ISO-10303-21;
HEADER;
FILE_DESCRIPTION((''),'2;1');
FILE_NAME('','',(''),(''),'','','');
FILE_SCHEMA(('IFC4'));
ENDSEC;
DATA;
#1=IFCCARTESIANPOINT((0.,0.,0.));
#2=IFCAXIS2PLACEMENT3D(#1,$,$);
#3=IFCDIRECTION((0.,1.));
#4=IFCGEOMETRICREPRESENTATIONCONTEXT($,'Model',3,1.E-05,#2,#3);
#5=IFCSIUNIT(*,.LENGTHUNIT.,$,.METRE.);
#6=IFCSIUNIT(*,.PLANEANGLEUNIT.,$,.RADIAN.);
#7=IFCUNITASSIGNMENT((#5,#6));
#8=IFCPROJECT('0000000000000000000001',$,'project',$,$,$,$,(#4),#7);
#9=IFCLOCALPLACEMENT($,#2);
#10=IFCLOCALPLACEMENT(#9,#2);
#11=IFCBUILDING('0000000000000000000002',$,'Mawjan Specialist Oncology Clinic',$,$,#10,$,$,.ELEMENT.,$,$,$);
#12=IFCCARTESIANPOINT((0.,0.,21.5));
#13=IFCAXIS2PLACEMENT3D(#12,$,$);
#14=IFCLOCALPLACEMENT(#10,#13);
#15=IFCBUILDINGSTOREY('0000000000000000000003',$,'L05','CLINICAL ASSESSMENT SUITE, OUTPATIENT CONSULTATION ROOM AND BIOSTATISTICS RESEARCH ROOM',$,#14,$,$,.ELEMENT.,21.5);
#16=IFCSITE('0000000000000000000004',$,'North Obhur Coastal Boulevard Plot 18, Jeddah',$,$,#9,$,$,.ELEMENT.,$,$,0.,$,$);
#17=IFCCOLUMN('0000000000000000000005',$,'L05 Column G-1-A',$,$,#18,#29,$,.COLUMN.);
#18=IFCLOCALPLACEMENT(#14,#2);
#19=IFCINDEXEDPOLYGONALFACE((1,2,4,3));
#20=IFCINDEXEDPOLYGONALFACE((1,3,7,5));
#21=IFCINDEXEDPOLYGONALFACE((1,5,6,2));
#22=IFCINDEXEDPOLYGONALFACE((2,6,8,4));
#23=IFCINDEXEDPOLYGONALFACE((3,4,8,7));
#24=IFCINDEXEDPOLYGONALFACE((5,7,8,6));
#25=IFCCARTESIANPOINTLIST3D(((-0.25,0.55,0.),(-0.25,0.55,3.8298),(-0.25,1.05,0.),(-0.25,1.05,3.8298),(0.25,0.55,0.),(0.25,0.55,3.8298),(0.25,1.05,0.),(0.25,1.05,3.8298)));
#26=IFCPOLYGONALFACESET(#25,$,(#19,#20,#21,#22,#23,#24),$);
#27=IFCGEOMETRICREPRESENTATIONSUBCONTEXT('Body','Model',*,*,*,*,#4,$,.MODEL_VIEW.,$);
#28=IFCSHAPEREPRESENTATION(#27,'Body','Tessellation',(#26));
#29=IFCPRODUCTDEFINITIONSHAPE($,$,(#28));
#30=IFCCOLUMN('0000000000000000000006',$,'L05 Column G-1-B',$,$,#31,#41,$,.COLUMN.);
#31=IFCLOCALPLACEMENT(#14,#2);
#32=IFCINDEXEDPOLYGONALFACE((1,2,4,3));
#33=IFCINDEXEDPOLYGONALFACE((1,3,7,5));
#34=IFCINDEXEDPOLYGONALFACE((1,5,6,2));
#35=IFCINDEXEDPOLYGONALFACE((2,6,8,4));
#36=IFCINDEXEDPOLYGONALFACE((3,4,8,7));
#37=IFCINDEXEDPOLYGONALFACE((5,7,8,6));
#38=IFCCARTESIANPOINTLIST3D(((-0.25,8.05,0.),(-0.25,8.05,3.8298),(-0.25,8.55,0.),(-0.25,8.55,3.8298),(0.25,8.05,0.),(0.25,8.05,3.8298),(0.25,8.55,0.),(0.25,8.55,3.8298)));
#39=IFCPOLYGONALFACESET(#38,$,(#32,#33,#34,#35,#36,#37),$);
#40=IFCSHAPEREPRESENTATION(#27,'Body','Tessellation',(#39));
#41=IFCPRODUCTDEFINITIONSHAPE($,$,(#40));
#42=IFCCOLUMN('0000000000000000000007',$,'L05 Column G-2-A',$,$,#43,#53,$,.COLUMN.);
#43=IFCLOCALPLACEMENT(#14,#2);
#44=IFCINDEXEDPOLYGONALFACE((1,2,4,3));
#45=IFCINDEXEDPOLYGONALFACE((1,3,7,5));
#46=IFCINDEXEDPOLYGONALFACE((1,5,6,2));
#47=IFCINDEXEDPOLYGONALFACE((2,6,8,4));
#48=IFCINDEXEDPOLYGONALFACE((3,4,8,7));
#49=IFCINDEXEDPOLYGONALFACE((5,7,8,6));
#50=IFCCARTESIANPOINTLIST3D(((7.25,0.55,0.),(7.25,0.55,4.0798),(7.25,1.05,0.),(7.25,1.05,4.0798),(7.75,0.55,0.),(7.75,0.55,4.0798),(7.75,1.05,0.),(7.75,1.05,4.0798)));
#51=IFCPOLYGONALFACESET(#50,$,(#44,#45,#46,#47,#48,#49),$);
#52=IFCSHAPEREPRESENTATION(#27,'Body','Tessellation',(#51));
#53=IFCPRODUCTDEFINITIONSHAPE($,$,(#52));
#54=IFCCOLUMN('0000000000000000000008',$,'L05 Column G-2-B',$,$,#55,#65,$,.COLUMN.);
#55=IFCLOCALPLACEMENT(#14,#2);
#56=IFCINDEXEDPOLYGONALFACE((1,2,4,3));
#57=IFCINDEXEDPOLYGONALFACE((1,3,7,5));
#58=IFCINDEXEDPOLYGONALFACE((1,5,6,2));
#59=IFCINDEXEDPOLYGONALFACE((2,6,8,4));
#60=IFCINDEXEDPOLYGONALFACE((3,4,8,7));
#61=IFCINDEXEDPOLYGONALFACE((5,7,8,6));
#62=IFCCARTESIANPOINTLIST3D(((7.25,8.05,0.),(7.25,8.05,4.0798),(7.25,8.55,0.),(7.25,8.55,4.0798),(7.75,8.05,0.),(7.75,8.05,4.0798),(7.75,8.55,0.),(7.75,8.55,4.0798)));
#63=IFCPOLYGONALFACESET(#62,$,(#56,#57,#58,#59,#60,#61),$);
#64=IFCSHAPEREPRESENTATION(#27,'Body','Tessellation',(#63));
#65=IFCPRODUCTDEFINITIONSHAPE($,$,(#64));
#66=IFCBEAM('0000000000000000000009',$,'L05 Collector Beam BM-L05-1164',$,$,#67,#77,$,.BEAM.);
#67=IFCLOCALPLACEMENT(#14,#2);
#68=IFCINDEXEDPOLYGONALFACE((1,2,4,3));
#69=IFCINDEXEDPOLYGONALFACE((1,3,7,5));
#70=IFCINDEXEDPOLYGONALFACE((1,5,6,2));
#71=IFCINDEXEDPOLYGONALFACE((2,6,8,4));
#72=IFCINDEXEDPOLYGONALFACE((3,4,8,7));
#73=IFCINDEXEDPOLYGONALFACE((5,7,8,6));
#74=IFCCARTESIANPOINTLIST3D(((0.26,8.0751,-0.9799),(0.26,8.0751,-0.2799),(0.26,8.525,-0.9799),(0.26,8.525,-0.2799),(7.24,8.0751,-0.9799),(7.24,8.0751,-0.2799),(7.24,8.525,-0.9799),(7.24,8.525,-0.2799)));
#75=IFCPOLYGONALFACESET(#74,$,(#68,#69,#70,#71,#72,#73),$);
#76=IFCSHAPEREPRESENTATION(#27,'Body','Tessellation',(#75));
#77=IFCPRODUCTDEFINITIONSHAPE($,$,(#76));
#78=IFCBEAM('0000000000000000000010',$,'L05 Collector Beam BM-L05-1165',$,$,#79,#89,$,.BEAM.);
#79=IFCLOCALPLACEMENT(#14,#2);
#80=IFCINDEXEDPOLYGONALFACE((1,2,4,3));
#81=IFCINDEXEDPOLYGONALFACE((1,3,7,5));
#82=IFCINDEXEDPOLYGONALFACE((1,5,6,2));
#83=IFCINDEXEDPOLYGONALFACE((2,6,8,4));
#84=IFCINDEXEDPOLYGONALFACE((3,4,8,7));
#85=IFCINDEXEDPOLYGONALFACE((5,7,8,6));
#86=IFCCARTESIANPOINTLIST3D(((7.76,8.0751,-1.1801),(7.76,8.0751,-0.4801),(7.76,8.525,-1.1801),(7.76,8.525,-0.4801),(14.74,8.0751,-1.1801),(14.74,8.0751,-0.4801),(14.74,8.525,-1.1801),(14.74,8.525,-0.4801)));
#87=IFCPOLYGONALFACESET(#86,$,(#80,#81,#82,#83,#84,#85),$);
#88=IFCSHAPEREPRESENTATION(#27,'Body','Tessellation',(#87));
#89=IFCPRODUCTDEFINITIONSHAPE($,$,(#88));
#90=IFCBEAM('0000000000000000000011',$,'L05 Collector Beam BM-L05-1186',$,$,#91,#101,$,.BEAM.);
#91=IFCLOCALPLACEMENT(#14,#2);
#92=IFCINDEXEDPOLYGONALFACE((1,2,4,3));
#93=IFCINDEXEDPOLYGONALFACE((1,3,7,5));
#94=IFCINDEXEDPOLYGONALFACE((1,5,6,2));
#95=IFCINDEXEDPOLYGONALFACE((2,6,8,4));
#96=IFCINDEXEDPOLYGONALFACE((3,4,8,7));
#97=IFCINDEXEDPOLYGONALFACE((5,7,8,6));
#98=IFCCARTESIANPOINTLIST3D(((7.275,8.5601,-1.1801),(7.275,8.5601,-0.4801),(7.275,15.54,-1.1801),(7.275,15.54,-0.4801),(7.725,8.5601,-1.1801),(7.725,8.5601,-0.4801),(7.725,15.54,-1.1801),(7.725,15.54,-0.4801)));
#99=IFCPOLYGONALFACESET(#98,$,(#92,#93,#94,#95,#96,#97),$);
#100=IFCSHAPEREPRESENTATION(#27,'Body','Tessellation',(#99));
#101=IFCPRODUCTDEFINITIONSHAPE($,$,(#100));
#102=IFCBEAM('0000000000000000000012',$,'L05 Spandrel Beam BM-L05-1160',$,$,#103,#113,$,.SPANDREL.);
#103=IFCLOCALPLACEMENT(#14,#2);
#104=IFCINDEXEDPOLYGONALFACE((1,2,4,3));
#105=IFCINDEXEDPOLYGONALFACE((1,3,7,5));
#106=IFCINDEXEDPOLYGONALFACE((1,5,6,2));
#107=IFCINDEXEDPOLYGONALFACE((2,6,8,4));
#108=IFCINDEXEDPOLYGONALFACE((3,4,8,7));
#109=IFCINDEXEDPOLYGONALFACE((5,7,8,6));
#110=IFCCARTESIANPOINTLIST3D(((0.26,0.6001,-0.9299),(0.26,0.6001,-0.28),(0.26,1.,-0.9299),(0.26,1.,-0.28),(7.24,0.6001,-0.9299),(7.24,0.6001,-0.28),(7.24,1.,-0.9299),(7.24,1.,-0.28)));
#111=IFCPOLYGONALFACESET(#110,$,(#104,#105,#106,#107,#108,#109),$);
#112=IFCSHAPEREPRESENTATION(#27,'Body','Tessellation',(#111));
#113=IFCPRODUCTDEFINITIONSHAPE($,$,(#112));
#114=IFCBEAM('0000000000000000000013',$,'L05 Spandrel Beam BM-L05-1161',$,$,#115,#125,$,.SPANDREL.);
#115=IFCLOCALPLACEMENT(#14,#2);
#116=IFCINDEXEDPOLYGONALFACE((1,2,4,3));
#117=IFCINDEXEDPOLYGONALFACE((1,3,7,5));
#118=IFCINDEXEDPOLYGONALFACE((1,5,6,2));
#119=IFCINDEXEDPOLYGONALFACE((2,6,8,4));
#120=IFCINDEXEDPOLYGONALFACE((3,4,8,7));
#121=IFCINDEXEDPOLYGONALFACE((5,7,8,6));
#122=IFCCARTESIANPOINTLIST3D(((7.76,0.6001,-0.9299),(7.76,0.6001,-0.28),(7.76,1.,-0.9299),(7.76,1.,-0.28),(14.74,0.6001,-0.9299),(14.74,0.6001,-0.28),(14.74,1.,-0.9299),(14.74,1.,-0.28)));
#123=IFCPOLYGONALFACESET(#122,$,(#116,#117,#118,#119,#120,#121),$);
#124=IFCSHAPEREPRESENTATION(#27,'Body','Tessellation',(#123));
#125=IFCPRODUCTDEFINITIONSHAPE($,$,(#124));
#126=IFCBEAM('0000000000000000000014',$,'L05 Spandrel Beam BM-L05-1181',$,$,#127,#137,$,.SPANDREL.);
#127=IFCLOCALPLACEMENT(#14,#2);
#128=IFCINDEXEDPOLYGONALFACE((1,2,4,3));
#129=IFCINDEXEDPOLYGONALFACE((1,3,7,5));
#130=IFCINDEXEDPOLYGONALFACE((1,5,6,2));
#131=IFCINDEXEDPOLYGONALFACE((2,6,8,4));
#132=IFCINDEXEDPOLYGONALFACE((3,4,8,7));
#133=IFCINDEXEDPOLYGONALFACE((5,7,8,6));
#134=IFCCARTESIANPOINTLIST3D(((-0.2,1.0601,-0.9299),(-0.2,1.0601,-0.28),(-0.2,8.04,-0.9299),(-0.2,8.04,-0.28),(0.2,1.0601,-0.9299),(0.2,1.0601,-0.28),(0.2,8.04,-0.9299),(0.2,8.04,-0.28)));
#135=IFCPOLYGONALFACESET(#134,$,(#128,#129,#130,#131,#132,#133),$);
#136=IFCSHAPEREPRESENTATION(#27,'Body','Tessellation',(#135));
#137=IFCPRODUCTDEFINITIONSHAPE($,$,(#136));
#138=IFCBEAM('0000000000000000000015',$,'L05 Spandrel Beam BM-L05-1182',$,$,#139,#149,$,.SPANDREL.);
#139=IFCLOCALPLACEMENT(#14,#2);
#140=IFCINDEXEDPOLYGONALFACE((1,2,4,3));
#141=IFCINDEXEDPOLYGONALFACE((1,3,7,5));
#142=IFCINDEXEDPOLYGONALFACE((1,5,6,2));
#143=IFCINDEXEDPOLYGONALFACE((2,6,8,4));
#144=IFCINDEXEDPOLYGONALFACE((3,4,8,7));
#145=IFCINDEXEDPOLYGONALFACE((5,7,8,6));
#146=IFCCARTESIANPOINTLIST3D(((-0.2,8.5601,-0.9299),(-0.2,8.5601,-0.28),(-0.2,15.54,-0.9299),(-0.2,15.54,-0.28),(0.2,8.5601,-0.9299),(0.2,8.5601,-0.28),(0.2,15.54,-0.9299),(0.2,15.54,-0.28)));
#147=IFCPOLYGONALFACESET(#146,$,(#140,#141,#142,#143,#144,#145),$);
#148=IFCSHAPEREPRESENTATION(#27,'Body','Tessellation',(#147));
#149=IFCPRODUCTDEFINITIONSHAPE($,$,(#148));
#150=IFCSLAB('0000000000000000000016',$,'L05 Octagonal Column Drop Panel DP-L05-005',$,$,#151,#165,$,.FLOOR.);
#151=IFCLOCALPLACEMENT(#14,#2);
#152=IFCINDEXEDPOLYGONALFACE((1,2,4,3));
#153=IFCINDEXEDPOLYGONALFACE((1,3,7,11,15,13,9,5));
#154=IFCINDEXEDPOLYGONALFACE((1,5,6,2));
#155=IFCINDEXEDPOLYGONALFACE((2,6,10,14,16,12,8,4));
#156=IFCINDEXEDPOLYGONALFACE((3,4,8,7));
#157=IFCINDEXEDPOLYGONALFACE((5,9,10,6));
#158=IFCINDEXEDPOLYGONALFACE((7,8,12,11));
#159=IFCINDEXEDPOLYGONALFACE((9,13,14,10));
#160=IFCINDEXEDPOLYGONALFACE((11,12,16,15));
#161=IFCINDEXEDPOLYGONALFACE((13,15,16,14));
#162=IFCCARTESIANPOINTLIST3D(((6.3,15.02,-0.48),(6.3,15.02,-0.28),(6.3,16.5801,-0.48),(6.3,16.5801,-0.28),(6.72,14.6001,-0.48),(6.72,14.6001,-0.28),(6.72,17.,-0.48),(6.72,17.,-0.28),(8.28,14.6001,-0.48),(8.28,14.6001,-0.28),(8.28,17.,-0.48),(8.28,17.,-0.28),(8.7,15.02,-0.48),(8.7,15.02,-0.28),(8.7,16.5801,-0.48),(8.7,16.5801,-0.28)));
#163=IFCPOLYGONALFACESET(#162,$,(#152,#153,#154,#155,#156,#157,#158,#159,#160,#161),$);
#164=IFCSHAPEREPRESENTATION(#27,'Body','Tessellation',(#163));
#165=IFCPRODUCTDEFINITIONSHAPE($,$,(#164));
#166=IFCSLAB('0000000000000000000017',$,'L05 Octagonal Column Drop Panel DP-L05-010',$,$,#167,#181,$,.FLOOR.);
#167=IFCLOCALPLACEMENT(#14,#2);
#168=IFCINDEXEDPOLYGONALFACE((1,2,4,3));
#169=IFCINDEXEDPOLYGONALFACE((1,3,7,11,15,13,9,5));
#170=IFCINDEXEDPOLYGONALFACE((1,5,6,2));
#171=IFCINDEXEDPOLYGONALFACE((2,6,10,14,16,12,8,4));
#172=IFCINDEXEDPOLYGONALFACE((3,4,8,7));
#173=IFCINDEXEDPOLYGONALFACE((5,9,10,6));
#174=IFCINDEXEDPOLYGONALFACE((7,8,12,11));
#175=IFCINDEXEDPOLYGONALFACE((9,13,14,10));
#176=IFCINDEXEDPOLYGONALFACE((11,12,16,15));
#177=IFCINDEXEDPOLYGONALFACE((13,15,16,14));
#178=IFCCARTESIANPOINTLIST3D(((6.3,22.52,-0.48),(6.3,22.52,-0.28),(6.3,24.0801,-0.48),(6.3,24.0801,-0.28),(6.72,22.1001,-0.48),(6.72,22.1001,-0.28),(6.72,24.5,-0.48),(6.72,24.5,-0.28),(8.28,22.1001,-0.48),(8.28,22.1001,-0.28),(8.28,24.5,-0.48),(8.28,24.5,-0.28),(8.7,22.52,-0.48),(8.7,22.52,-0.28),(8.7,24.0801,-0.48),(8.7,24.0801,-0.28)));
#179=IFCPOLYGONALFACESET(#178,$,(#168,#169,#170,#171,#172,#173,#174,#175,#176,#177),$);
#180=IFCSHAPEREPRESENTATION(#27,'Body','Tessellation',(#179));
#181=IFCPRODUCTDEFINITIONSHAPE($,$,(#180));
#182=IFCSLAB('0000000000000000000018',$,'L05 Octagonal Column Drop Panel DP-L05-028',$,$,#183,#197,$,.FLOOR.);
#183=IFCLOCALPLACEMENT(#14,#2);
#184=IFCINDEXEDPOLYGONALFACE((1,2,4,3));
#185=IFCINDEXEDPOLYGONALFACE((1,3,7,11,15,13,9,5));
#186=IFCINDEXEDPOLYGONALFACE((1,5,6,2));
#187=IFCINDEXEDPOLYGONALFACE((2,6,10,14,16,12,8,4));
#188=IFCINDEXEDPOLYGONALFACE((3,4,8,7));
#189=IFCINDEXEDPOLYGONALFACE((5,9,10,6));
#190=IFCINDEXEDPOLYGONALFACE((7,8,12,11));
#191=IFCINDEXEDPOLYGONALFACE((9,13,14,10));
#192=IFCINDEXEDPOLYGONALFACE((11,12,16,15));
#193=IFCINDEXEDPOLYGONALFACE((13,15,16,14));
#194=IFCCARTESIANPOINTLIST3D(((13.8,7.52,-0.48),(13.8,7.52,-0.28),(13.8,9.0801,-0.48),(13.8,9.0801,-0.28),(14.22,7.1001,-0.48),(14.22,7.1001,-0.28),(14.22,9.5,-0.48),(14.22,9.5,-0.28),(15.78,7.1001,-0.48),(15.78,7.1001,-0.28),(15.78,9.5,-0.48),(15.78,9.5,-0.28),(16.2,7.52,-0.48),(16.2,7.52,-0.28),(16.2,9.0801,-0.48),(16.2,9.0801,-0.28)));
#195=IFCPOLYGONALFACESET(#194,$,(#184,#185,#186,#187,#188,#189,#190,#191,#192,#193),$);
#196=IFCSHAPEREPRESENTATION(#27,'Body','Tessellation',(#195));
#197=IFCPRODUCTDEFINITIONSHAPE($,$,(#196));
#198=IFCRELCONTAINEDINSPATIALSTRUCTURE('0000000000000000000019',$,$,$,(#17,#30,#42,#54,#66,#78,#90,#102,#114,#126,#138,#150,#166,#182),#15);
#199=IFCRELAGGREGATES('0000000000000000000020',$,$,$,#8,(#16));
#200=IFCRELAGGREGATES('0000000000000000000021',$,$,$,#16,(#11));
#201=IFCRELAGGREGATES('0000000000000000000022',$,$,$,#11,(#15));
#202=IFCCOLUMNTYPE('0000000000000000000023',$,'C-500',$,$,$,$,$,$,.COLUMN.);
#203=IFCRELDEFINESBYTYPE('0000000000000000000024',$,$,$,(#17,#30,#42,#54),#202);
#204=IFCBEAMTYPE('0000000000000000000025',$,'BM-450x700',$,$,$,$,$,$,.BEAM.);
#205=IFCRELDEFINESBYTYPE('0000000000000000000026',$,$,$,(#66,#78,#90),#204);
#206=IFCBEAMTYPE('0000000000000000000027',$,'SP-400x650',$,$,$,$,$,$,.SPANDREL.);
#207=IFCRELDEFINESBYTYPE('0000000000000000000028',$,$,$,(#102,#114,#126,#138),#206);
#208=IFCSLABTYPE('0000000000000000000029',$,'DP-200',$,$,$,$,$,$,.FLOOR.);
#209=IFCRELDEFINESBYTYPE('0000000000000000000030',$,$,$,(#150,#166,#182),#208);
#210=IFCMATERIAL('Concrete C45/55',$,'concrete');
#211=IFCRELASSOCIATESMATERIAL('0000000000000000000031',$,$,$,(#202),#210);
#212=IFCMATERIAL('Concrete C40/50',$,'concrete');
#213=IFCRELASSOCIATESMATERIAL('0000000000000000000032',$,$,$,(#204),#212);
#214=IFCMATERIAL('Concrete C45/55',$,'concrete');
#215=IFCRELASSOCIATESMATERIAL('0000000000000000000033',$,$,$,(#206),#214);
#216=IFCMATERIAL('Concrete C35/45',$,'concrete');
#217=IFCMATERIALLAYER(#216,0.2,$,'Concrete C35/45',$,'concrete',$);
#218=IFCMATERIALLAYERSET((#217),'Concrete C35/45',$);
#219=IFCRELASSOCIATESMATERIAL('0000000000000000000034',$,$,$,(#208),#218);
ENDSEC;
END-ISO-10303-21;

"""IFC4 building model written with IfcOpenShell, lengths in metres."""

from ifc_helpers import new_model, si_unit, direction, frame, origin, origin_2d, place, context, subcontext, project, spatial, polyline, rectangle, outline, extrude, material, layer, layer_set, material_profile, profile_set, type_object, element, save


model = new_model("IFC4")

# Units and contexts
model_context = context("Model", 3, precision=1e-05, world=origin(), true_north=direction((0.0, 1.0)))
body_context = subcontext(model_context, "Body", "Model", "MODEL_VIEW")
ifc_project = project(units=[si_unit("LENGTHUNIT", "METRE"), si_unit("PLANEANGLEUNIT", "RADIAN")], contexts=[model_context])

# Site, building, storey
site_placement = place(None, origin())
site = spatial("IfcSite", under=ifc_project, at=site_placement, Name="North Obhur Coastal Boulevard Plot 18, Jeddah", CompositionType="ELEMENT", RefElevation=0.0)
building_placement = place(site_placement, origin())
building = spatial("IfcBuilding", under=site, at=building_placement, Name="Mawjan Specialist Oncology Clinic", CompositionType="ELEMENT")
storey_placement = place(building_placement, frame((0.0, 0.0, 21.5)))
storey = spatial("IfcBuildingStorey", under=building, at=storey_placement, Name="L05", Description="CLINICAL ASSESSMENT SUITE, OUTPATIENT CONSULTATION ROOM AND BIOSTATISTICS RESEARCH ROOM", CompositionType="ELEMENT", Elevation=21.5)

# Columns
ifc_material_1 = material(Name="Concrete C45/55", Category="concrete")
ifc_material_profile_1 = material_profile(ifc_material_1, rectangle(XDim=0.5, YDim=0.5, at=origin_2d()), Name="RC COL 500x500", Category="concrete")
ifc_profile_set_1 = profile_set([ifc_material_profile_1], Name="Concrete C45/55")
column_type = type_object("IfcColumnType", Name="C-500", PredefinedType="COLUMN", material=ifc_profile_set_1)
for number, where, z_axis, x_axis, name in (
    (1, (0.0, 0.8, 0.0), (0.0, 0.0, 1.0), (1.0, 0.0, 0.0), "L05 Column G-1-A"),
    (2, (0.0, 8.3, 0.0), (0.0, 0.0, 1.0), (1.0, 0.0, 0.0), "L05 Column G-1-B"),
):
    element("IfcColumn", number, at=place(storey_placement, frame(where, z_axis=z_axis, x_axis=x_axis)), inside=storey, type_object=column_type, Name=name, PredefinedType="COLUMN", context=body_context, shape_type="SweptSolid", body=[
        extrude(rectangle(XDim=0.5, YDim=0.5, at=origin_2d()), origin(), (0.0, 0.0, 1.0), 3.8298),
    ])
for number, where, z_axis, x_axis, name in (
    (3, (7.5, 0.8, 0.0), (0.0, 0.0, 1.0), (1.0, 0.0, 0.0), "L05 Column G-2-A"),
    (4, (7.5, 8.3, 0.0), (0.0, 0.0, 1.0), (1.0, 0.0, 0.0), "L05 Column G-2-B"),
):
    element("IfcColumn", number, at=place(storey_placement, frame(where, z_axis=z_axis, x_axis=x_axis)), inside=storey, type_object=column_type, Name=name, PredefinedType="COLUMN", context=body_context, shape_type="SweptSolid", body=[
        extrude(rectangle(XDim=0.5, YDim=0.5, at=origin_2d()), origin(), (0.0, 0.0, 1.0), 4.0798),
    ])

# Beams
ifc_material_2 = material(Name="Concrete C40/50", Category="concrete")
ifc_material_profile_2 = material_profile(ifc_material_2, rectangle(XDim=0.45, YDim=0.7, at=origin_2d()), Name="RC BM 450x700", Category="concrete")
ifc_profile_set_2 = profile_set([ifc_material_profile_2], Name="Concrete C40/50")
beam_type_1 = type_object("IfcBeamType", Name="BM-450x700", PredefinedType="BEAM", material=ifc_profile_set_2)
for number, where, z_axis, x_axis, name in (
    (5, (0.26, 8.3, -0.6299), (1.0, 0.0, 0.0), (0.0, 1.0, 0.0), "L05 Collector Beam BM-L05-1164"),
    (6, (7.76, 8.3, -0.8301), (1.0, 0.0, 0.0), (0.0, 1.0, 0.0), "L05 Collector Beam BM-L05-1165"),
    (7, (7.5, 8.5601, -0.8301), (0.0, 1.0, 0.0), (-1.0, 0.0, 0.0), "L05 Collector Beam BM-L05-1186"),
):
    element("IfcBeam", number, at=place(storey_placement, frame(where, z_axis=z_axis, x_axis=x_axis)), inside=storey, type_object=beam_type_1, Name=name, PredefinedType="BEAM", context=body_context, shape_type="SweptSolid", body=[
        extrude(rectangle(XDim=0.45, YDim=0.7, at=origin_2d()), origin(), (0.0, 0.0, 1.0), 6.98),
    ])
ifc_material_3 = material(Name="Concrete C45/55", Category="concrete")
ifc_material_profile_3 = material_profile(ifc_material_3, rectangle(XDim=0.3999, YDim=0.6499, at=origin_2d()), Name="RC BM 400x650", Category="concrete")
ifc_profile_set_3 = profile_set([ifc_material_profile_3], Name="Concrete C45/55")
beam_type_2 = type_object("IfcBeamType", Name="SP-400x650", PredefinedType="SPANDREL", material=ifc_profile_set_3)
for number, where, z_axis, x_axis, name in (
    (8, (0.26, 0.8, -0.605), (1.0, 0.0, 0.0), (0.0, 1.0, 0.0), "L05 Spandrel Beam BM-L05-1160"),
    (9, (7.76, 0.8, -0.605), (1.0, 0.0, 0.0), (0.0, 1.0, 0.0), "L05 Spandrel Beam BM-L05-1161"),
    (10, (0.0, 1.0601, -0.605), (0.0, 1.0, 0.0), (-1.0, 0.0, 0.0), "L05 Spandrel Beam BM-L05-1181"),
    (11, (0.0, 8.5601, -0.605), (0.0, 1.0, 0.0), (-1.0, 0.0, 0.0), "L05 Spandrel Beam BM-L05-1182"),
):
    element("IfcBeam", number, at=place(storey_placement, frame(where, z_axis=z_axis, x_axis=x_axis)), inside=storey, type_object=beam_type_2, Name=name, PredefinedType="SPANDREL", context=body_context, shape_type="SweptSolid", body=[
        extrude(rectangle(XDim=0.3999, YDim=0.6499, at=origin_2d()), origin(), (0.0, 0.0, 1.0), 6.98),
    ])

# Slabs
ifc_material_4 = material(Name="Concrete C35/45", Category="concrete")
ifc_layer_1 = layer(ifc_material_4, 0.2, Name="Concrete C35/45", Category="concrete")
ifc_layer_set_1 = layer_set([ifc_layer_1], Name="Concrete C35/45")
slab_type_1 = type_object("IfcSlabType", Name="DP-200", PredefinedType="FLOOR", material=ifc_layer_set_1)
slab_1_placement = place(storey_placement, frame((0.0, 0.0, -0.48)))
element("IfcSlab", 12, at=slab_1_placement, inside=storey, type_object=slab_type_1, Name="L05 Octagonal Column Drop Panel DP-L05-005", PredefinedType="FLOOR", context=body_context, shape_type="SweptSolid", body=[
    extrude(outline(polyline([(6.72, 14.6001), (8.28, 14.6001), (8.7, 15.02), (8.7, 16.5801), (8.28, 17.0), (6.72, 17.0), (6.3, 16.5801), (6.3, 15.02), (6.72, 14.6001)])), origin(), (0.0, 0.0, 1.0), 0.2),
])
slab_2_placement = place(storey_placement, frame((0.0, 0.0, -0.48)))
element("IfcSlab", 13, at=slab_2_placement, inside=storey, type_object=slab_type_1, Name="L05 Octagonal Column Drop Panel DP-L05-010", PredefinedType="FLOOR", context=body_context, shape_type="SweptSolid", body=[
    extrude(outline(polyline([(6.72, 22.1001), (8.28, 22.1001), (8.7, 22.52), (8.7, 24.0801), (8.28, 24.5), (6.72, 24.5), (6.3, 24.0801), (6.3, 22.52), (6.72, 22.1001)])), origin(), (0.0, 0.0, 1.0), 0.2),
])
slab_3_placement = place(storey_placement, frame((0.0, 0.0, -0.48)))
element("IfcSlab", 14, at=slab_3_placement, inside=storey, type_object=slab_type_1, Name="L05 Octagonal Column Drop Panel DP-L05-028", PredefinedType="FLOOR", context=body_context, shape_type="SweptSolid", body=[
    extrude(outline(polyline([(14.22, 7.1001), (15.78, 7.1001), (16.2, 7.52), (16.2, 9.0801), (15.78, 9.5), (14.22, 9.5), (13.8, 9.0801), (13.8, 7.52), (14.22, 7.1001)])), origin(), (0.0, 0.0, 1.0), 0.2),
])

save(model, "model.ifc")
